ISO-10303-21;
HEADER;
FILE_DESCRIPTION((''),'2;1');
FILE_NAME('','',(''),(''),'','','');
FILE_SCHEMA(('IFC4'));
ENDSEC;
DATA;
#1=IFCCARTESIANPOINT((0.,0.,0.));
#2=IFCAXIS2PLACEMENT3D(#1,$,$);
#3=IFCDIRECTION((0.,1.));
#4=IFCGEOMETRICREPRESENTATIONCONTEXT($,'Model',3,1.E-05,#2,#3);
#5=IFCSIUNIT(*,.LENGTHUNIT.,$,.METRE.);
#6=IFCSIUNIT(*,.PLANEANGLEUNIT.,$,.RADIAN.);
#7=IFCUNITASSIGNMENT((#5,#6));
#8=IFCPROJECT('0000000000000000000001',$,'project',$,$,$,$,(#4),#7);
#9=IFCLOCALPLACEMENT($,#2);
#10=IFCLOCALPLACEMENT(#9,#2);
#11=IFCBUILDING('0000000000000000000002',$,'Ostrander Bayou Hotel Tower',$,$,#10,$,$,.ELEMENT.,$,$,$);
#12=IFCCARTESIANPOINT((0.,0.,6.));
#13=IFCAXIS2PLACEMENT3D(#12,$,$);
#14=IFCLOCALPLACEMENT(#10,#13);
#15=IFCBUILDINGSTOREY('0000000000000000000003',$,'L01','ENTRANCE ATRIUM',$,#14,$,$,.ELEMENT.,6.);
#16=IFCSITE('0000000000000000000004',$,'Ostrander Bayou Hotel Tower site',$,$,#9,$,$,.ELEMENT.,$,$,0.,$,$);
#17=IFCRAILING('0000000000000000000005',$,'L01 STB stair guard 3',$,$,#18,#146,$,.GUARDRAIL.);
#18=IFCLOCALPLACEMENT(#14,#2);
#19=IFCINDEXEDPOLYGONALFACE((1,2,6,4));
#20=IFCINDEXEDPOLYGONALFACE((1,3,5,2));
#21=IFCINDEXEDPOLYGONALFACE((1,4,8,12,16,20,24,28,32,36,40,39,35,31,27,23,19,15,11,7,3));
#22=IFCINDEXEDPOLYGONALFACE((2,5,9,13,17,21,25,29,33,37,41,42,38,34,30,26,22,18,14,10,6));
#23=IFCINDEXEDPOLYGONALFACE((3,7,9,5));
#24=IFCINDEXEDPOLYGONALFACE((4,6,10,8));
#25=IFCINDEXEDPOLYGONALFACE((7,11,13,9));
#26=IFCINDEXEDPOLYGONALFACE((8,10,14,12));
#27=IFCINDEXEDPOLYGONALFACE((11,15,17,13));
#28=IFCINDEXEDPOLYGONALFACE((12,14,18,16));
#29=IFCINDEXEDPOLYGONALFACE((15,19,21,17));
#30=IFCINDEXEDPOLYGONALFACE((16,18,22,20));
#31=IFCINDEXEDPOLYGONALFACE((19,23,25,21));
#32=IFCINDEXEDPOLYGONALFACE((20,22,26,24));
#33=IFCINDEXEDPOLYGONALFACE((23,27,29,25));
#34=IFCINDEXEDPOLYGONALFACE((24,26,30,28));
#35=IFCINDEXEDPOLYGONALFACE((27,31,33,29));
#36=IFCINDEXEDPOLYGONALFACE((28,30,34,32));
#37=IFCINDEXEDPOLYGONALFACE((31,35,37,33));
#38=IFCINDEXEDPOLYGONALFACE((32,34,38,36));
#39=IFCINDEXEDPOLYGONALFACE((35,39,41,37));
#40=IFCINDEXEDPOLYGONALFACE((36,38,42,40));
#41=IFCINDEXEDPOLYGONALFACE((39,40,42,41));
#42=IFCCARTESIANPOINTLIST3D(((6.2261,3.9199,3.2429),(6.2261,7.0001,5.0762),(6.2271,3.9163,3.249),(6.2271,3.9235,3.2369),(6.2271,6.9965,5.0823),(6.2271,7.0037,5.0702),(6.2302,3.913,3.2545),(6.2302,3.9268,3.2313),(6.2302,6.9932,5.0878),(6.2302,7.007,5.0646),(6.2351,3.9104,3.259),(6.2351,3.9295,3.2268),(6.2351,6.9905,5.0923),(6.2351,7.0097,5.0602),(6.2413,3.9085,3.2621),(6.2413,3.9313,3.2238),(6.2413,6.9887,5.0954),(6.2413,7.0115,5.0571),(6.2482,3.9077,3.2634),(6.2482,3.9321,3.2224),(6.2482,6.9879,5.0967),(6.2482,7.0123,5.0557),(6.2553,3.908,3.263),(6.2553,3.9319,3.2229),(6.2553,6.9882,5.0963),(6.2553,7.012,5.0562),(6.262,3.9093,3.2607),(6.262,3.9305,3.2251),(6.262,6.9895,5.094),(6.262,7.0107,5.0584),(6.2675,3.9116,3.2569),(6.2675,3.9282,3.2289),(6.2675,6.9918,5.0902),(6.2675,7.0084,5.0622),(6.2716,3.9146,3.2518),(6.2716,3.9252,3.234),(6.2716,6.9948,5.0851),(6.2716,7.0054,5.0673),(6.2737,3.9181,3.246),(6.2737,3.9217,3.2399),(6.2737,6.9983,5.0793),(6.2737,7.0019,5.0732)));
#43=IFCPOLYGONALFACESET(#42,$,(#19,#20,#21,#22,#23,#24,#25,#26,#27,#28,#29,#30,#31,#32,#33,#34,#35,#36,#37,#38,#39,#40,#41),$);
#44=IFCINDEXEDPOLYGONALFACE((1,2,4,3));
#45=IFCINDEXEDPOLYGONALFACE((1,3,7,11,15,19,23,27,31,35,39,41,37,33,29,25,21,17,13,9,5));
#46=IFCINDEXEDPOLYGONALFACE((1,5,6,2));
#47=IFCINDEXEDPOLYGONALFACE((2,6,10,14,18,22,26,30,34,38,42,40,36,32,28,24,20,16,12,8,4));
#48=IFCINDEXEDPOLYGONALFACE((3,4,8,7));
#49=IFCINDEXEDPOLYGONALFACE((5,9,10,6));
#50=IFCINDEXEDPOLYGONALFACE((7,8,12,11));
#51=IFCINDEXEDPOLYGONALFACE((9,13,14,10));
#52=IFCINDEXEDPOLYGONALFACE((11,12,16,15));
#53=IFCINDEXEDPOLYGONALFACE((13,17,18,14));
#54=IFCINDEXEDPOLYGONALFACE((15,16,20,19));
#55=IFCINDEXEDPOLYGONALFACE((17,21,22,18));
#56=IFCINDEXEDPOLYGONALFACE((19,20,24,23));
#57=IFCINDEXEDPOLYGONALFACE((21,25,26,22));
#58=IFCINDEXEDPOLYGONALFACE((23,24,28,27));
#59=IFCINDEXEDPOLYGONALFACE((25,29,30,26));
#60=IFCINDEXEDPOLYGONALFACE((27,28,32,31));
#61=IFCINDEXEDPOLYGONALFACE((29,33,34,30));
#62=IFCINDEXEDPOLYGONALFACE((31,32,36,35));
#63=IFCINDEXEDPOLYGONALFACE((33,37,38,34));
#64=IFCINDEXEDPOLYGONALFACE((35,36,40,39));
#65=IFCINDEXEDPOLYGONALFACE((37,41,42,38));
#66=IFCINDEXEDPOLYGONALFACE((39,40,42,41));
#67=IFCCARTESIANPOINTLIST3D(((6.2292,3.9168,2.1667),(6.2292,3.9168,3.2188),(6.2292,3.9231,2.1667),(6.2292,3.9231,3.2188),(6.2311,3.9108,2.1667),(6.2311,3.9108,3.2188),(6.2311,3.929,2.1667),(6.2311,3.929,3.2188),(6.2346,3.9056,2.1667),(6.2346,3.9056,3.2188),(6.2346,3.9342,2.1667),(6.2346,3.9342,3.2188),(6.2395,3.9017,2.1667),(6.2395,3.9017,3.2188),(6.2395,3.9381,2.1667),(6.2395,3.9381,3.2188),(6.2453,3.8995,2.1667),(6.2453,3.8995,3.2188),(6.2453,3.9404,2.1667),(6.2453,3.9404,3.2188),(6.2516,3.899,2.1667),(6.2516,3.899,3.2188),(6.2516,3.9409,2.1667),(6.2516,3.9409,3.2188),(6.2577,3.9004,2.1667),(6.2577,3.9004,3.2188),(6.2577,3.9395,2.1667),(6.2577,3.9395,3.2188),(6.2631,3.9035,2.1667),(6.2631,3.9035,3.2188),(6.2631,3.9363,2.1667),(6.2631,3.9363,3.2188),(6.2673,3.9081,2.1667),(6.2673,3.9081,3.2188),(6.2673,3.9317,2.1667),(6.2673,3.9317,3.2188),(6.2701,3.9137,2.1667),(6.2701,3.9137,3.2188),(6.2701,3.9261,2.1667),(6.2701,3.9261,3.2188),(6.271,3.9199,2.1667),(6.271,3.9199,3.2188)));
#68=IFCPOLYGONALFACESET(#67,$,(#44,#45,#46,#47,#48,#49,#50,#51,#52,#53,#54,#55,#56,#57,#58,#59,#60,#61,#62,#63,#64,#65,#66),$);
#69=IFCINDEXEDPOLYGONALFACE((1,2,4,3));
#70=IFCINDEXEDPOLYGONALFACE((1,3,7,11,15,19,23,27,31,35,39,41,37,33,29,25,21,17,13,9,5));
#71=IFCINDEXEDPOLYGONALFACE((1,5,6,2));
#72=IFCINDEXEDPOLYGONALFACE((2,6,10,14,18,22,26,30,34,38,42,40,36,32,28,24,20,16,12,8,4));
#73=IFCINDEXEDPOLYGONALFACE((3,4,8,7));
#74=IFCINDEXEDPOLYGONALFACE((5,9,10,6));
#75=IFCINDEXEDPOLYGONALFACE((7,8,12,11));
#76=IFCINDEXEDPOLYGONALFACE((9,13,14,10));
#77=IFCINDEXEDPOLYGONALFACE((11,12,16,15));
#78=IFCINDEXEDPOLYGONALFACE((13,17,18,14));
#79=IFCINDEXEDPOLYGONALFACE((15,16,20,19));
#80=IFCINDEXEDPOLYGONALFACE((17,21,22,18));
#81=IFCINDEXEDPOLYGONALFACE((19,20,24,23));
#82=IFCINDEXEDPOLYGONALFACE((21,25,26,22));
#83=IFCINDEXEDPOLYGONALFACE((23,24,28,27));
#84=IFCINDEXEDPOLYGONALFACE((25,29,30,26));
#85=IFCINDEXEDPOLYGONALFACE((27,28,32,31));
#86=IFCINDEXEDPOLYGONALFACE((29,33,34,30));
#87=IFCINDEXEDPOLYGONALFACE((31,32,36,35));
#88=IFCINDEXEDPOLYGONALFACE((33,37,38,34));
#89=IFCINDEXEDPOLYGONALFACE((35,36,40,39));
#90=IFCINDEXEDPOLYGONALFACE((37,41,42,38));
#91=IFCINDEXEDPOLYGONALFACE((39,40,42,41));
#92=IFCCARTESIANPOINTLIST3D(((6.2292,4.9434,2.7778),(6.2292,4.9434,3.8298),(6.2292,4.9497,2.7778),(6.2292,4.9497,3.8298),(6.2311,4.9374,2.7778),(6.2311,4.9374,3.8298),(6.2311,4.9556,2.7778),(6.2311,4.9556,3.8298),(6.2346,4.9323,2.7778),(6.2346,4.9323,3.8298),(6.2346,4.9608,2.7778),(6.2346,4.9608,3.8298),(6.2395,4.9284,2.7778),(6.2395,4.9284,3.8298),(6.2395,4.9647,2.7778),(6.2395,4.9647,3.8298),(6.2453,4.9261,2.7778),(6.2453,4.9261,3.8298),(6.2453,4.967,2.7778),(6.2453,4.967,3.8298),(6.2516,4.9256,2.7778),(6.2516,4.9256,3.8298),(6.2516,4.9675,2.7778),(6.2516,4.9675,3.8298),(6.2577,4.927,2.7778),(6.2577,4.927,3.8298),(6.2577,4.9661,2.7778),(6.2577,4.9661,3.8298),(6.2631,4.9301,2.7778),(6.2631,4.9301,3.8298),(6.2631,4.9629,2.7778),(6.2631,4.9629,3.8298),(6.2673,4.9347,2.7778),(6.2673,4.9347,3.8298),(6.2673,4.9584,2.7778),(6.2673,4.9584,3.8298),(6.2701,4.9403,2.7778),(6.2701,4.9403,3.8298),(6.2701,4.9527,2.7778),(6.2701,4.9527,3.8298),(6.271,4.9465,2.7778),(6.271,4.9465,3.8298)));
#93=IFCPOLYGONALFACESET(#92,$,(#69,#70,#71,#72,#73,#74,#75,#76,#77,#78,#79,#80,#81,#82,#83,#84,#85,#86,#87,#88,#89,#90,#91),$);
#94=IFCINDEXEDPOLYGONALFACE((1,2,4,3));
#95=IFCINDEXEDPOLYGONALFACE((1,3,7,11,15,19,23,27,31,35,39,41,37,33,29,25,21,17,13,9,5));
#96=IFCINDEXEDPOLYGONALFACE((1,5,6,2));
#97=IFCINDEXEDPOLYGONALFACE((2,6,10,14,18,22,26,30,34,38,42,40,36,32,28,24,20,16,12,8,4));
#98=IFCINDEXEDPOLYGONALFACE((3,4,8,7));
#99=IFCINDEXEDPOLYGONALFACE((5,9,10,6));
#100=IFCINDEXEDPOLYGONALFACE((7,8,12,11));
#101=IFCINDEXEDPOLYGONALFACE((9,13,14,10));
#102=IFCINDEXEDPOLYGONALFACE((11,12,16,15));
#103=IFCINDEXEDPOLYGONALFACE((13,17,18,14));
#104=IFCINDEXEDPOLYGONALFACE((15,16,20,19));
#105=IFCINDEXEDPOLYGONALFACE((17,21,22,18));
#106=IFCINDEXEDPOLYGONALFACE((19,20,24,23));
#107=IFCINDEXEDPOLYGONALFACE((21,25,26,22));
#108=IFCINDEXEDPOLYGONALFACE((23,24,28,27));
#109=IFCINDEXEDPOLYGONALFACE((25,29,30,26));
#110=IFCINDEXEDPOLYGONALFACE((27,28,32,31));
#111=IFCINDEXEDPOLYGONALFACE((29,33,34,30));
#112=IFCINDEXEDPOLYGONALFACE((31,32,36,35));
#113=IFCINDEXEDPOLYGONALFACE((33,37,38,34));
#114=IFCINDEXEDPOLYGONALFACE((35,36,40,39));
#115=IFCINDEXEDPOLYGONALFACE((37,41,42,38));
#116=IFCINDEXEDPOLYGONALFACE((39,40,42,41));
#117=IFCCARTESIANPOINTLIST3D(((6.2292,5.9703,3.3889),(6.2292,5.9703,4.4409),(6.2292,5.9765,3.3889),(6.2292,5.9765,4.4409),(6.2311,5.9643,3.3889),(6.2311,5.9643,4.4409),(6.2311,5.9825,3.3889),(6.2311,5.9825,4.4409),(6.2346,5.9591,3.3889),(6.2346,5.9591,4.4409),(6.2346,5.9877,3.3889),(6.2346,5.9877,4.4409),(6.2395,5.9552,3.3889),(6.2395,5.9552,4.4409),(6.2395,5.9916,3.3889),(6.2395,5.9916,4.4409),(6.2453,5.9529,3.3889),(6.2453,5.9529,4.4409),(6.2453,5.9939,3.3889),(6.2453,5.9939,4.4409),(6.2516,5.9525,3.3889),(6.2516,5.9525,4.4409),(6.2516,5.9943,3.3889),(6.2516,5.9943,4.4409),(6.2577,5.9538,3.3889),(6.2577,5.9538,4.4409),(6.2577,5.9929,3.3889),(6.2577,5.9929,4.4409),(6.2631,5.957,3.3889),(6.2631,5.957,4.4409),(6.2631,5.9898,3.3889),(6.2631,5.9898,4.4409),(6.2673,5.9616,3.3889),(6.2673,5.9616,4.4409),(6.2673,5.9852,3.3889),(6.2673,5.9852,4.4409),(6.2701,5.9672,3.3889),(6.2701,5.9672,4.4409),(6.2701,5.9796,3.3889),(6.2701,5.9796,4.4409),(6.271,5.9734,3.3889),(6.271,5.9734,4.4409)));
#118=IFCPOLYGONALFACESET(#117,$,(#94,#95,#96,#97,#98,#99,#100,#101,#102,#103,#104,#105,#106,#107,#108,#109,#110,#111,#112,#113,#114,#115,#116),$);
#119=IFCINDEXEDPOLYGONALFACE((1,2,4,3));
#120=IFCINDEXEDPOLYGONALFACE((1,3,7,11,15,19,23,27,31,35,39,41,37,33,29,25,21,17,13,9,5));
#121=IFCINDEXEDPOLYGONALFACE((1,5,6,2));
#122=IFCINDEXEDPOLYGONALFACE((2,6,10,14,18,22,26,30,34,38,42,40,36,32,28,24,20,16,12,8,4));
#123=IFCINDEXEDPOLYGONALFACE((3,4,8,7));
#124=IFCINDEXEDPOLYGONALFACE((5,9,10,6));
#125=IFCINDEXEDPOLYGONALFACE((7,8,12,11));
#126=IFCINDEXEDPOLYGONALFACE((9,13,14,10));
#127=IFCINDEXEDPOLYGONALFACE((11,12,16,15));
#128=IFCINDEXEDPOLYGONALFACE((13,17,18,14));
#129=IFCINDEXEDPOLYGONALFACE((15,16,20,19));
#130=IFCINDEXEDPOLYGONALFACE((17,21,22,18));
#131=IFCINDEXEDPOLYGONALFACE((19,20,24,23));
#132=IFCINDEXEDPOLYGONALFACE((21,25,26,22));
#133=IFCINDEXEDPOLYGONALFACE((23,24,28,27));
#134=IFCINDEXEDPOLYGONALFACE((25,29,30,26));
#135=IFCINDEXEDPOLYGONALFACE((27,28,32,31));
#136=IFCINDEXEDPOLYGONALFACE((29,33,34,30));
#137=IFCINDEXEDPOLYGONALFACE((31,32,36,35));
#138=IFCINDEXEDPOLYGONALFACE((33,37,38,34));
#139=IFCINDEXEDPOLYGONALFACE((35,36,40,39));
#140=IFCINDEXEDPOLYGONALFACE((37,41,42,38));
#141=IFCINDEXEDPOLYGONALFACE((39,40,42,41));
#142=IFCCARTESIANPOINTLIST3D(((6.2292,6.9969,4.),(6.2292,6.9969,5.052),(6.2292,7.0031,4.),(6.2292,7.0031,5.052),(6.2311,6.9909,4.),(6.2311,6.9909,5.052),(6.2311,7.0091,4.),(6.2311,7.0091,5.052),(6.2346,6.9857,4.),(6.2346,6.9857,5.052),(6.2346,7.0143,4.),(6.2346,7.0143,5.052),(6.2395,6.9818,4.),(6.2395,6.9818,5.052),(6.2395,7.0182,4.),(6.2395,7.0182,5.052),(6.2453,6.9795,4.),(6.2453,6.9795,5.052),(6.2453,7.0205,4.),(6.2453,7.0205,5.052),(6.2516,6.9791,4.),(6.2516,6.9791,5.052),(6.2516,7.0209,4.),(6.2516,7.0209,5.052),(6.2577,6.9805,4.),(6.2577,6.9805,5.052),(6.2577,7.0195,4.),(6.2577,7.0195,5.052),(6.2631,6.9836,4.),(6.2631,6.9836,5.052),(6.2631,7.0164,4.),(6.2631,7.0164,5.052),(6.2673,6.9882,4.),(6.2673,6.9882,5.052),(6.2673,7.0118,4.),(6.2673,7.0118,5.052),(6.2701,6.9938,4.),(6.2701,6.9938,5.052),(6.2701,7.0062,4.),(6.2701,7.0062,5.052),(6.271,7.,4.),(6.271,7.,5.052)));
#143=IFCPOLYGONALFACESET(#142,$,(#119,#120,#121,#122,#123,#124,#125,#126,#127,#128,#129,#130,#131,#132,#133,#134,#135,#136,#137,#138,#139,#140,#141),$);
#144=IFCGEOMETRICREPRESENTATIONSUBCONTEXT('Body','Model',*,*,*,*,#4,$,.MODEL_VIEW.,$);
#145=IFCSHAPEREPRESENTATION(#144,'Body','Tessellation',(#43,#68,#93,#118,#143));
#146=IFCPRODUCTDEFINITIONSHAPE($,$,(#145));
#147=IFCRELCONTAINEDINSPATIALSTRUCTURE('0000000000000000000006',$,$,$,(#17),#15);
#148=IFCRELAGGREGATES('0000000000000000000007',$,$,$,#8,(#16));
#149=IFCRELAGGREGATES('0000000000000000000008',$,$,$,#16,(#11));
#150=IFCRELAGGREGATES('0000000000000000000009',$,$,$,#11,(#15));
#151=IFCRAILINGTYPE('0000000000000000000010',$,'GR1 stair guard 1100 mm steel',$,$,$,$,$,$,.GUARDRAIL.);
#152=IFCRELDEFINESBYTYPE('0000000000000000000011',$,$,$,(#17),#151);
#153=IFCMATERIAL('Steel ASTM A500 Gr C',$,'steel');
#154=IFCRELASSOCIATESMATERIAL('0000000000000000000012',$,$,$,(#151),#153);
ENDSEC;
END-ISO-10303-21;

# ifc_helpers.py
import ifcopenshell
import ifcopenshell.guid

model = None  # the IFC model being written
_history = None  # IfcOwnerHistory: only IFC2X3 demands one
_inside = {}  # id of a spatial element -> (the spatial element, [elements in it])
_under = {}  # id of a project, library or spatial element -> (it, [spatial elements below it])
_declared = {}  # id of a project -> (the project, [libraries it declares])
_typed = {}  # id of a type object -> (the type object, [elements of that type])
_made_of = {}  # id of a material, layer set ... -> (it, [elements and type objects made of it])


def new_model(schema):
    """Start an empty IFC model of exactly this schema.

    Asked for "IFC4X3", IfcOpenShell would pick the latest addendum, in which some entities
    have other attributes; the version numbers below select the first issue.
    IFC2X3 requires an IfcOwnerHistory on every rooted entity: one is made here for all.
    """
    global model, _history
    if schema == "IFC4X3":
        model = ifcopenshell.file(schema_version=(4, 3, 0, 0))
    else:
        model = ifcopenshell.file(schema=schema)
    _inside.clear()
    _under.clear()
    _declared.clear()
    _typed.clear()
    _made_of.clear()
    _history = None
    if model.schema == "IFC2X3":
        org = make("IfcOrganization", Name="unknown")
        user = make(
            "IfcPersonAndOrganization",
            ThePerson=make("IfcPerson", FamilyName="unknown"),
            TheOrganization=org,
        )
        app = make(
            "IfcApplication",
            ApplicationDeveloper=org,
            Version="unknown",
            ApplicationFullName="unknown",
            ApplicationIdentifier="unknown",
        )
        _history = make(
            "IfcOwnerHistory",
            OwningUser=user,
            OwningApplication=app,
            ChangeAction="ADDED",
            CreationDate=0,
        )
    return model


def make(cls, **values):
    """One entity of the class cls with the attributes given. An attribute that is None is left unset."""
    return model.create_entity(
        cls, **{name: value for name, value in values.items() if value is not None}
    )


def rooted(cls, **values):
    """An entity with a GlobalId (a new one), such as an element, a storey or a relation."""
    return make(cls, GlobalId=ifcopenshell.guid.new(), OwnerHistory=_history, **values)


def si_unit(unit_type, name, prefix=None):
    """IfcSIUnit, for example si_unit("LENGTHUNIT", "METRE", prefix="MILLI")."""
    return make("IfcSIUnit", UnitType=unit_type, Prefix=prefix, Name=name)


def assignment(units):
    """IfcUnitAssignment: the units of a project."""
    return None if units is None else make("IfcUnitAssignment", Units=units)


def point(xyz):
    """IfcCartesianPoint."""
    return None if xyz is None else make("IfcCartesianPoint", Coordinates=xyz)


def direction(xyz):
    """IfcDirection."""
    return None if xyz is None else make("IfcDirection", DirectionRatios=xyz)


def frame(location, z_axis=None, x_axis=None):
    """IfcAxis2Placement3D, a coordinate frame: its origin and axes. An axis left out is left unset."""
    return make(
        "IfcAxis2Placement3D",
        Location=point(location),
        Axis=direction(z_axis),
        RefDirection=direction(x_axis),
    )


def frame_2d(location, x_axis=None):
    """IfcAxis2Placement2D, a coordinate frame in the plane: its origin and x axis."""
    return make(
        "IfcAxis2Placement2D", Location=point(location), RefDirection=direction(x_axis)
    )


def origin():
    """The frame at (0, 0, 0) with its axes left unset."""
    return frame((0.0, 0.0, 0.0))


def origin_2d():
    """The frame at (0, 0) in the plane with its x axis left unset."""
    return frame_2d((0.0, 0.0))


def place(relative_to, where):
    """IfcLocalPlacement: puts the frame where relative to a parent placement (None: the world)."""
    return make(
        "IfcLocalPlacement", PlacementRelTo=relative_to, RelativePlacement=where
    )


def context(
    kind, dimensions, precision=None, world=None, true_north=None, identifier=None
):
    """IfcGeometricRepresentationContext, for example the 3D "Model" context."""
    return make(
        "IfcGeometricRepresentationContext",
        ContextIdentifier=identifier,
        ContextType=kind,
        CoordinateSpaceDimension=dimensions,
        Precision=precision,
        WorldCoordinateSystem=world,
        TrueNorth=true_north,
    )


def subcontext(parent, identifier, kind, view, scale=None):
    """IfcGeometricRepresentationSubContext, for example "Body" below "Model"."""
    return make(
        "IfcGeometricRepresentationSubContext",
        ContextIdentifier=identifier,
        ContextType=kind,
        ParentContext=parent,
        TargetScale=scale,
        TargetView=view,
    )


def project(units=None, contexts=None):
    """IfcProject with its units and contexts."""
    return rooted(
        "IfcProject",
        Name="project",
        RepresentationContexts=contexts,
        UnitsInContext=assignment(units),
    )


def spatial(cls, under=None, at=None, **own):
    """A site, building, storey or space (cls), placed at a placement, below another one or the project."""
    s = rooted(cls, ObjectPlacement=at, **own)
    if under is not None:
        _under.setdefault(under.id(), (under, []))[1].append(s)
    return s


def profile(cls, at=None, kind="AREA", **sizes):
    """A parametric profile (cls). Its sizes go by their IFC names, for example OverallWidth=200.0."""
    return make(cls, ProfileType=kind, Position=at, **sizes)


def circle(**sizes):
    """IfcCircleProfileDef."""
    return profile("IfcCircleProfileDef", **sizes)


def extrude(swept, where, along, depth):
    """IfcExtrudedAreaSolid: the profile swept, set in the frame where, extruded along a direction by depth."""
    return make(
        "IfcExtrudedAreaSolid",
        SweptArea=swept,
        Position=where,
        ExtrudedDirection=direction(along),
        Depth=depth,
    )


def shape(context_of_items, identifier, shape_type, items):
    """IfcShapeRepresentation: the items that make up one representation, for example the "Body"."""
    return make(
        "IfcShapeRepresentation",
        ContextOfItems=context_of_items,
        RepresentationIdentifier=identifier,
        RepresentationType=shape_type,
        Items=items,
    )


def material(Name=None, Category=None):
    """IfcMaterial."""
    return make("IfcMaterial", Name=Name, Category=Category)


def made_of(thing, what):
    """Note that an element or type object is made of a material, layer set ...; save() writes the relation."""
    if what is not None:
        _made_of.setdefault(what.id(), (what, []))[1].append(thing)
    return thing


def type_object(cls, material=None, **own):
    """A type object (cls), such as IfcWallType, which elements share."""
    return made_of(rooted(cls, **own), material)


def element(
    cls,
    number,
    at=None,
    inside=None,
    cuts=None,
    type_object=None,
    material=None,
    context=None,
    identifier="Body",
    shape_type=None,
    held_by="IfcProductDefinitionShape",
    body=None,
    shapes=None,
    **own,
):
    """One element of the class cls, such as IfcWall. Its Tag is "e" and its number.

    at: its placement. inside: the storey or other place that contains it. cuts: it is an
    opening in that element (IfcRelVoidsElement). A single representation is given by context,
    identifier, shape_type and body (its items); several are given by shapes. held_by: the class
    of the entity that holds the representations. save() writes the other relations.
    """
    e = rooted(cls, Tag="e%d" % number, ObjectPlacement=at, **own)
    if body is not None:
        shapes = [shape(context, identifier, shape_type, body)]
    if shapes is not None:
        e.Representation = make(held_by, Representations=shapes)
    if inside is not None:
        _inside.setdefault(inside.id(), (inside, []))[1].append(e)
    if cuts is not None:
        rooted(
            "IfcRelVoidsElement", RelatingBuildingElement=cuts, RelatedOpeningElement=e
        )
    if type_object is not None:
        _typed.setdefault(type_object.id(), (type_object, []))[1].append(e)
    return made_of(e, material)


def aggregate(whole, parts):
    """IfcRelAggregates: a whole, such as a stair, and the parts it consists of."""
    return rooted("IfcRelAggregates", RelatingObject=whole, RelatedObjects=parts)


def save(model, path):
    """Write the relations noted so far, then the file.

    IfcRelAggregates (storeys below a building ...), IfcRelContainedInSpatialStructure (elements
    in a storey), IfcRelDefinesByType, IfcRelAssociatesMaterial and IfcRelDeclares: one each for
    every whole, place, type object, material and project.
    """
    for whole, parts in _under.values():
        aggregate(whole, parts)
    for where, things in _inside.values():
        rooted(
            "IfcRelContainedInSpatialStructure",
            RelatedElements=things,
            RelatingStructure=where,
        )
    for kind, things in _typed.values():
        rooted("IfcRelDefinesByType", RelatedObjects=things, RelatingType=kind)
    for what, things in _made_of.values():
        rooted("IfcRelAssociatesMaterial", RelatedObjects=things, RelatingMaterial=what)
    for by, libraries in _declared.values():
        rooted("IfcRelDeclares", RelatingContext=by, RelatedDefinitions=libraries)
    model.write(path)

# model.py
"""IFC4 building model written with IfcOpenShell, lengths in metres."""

from ifc_helpers import new_model, si_unit, direction, frame, origin, origin_2d, place, context, subcontext, project, spatial, circle, extrude, material, type_object, element, save


model = new_model("IFC4")

# Units and contexts
model_context = context("Model", 3, precision=1e-05, world=origin(), true_north=direction((0.0, 1.0)))
body_context = subcontext(model_context, "Body", "Model", "MODEL_VIEW")
ifc_project = project(units=[si_unit("LENGTHUNIT", "METRE"), si_unit("PLANEANGLEUNIT", "RADIAN")], contexts=[model_context])

# Site, building, storey
site_placement = place(None, origin())
site = spatial("IfcSite", under=ifc_project, at=site_placement, Name="Ostrander Bayou Hotel Tower site", CompositionType="ELEMENT", RefElevation=0.0)
building_placement = place(site_placement, origin())
building = spatial("IfcBuilding", under=site, at=building_placement, Name="Ostrander Bayou Hotel Tower", CompositionType="ELEMENT")
storey_placement = place(building_placement, frame((0.0, 0.0, 6.0)))
storey = spatial("IfcBuildingStorey", under=building, at=storey_placement, Name="L01", Description="ENTRANCE ATRIUM", CompositionType="ELEMENT", Elevation=6.0)

# Railing
ifc_material_1 = material(Name="Steel ASTM A500 Gr C", Category="steel")
railing_type_1 = type_object("IfcRailingType", Name="GR1 stair guard 1100 mm steel", PredefinedType="GUARDRAIL", material=ifc_material_1)
railing_1_placement = place(storey_placement, frame((6.25, 3.9199, 2.1667)))
element("IfcRailing", 1, at=railing_1_placement, inside=storey, type_object=railing_type_1, Name="L01 STB stair guard 3", PredefinedType="GUARDRAIL", context=body_context, shape_type="SweptSolid", body=[
    extrude(circle(Radius=0.0239, at=origin_2d()), frame((0.0, 0.0, 1.0762), z_axis=(0.0, 0.859309, 0.511458), x_axis=(-1.0, 0.0, 0.0)), (0.0, 0.0, 1.0), 3.5845),
    extrude(circle(Radius=0.021, at=origin_2d()), origin(), (0.0, 0.0, 1.0), 1.052),
    extrude(circle(Radius=0.021, at=origin_2d()), frame((0.0, 1.0266, 0.6111)), (0.0, 0.0, 1.0), 1.052),
    extrude(circle(Radius=0.021, at=origin_2d()), frame((0.0, 2.0535, 1.2222)), (0.0, 0.0, 1.0), 1.052),
    extrude(circle(Radius=0.021, at=origin_2d()), frame((0.0, 3.0801, 1.8333)), (0.0, 0.0, 1.0), 1.052),
])

save(model, "model.ifc")
